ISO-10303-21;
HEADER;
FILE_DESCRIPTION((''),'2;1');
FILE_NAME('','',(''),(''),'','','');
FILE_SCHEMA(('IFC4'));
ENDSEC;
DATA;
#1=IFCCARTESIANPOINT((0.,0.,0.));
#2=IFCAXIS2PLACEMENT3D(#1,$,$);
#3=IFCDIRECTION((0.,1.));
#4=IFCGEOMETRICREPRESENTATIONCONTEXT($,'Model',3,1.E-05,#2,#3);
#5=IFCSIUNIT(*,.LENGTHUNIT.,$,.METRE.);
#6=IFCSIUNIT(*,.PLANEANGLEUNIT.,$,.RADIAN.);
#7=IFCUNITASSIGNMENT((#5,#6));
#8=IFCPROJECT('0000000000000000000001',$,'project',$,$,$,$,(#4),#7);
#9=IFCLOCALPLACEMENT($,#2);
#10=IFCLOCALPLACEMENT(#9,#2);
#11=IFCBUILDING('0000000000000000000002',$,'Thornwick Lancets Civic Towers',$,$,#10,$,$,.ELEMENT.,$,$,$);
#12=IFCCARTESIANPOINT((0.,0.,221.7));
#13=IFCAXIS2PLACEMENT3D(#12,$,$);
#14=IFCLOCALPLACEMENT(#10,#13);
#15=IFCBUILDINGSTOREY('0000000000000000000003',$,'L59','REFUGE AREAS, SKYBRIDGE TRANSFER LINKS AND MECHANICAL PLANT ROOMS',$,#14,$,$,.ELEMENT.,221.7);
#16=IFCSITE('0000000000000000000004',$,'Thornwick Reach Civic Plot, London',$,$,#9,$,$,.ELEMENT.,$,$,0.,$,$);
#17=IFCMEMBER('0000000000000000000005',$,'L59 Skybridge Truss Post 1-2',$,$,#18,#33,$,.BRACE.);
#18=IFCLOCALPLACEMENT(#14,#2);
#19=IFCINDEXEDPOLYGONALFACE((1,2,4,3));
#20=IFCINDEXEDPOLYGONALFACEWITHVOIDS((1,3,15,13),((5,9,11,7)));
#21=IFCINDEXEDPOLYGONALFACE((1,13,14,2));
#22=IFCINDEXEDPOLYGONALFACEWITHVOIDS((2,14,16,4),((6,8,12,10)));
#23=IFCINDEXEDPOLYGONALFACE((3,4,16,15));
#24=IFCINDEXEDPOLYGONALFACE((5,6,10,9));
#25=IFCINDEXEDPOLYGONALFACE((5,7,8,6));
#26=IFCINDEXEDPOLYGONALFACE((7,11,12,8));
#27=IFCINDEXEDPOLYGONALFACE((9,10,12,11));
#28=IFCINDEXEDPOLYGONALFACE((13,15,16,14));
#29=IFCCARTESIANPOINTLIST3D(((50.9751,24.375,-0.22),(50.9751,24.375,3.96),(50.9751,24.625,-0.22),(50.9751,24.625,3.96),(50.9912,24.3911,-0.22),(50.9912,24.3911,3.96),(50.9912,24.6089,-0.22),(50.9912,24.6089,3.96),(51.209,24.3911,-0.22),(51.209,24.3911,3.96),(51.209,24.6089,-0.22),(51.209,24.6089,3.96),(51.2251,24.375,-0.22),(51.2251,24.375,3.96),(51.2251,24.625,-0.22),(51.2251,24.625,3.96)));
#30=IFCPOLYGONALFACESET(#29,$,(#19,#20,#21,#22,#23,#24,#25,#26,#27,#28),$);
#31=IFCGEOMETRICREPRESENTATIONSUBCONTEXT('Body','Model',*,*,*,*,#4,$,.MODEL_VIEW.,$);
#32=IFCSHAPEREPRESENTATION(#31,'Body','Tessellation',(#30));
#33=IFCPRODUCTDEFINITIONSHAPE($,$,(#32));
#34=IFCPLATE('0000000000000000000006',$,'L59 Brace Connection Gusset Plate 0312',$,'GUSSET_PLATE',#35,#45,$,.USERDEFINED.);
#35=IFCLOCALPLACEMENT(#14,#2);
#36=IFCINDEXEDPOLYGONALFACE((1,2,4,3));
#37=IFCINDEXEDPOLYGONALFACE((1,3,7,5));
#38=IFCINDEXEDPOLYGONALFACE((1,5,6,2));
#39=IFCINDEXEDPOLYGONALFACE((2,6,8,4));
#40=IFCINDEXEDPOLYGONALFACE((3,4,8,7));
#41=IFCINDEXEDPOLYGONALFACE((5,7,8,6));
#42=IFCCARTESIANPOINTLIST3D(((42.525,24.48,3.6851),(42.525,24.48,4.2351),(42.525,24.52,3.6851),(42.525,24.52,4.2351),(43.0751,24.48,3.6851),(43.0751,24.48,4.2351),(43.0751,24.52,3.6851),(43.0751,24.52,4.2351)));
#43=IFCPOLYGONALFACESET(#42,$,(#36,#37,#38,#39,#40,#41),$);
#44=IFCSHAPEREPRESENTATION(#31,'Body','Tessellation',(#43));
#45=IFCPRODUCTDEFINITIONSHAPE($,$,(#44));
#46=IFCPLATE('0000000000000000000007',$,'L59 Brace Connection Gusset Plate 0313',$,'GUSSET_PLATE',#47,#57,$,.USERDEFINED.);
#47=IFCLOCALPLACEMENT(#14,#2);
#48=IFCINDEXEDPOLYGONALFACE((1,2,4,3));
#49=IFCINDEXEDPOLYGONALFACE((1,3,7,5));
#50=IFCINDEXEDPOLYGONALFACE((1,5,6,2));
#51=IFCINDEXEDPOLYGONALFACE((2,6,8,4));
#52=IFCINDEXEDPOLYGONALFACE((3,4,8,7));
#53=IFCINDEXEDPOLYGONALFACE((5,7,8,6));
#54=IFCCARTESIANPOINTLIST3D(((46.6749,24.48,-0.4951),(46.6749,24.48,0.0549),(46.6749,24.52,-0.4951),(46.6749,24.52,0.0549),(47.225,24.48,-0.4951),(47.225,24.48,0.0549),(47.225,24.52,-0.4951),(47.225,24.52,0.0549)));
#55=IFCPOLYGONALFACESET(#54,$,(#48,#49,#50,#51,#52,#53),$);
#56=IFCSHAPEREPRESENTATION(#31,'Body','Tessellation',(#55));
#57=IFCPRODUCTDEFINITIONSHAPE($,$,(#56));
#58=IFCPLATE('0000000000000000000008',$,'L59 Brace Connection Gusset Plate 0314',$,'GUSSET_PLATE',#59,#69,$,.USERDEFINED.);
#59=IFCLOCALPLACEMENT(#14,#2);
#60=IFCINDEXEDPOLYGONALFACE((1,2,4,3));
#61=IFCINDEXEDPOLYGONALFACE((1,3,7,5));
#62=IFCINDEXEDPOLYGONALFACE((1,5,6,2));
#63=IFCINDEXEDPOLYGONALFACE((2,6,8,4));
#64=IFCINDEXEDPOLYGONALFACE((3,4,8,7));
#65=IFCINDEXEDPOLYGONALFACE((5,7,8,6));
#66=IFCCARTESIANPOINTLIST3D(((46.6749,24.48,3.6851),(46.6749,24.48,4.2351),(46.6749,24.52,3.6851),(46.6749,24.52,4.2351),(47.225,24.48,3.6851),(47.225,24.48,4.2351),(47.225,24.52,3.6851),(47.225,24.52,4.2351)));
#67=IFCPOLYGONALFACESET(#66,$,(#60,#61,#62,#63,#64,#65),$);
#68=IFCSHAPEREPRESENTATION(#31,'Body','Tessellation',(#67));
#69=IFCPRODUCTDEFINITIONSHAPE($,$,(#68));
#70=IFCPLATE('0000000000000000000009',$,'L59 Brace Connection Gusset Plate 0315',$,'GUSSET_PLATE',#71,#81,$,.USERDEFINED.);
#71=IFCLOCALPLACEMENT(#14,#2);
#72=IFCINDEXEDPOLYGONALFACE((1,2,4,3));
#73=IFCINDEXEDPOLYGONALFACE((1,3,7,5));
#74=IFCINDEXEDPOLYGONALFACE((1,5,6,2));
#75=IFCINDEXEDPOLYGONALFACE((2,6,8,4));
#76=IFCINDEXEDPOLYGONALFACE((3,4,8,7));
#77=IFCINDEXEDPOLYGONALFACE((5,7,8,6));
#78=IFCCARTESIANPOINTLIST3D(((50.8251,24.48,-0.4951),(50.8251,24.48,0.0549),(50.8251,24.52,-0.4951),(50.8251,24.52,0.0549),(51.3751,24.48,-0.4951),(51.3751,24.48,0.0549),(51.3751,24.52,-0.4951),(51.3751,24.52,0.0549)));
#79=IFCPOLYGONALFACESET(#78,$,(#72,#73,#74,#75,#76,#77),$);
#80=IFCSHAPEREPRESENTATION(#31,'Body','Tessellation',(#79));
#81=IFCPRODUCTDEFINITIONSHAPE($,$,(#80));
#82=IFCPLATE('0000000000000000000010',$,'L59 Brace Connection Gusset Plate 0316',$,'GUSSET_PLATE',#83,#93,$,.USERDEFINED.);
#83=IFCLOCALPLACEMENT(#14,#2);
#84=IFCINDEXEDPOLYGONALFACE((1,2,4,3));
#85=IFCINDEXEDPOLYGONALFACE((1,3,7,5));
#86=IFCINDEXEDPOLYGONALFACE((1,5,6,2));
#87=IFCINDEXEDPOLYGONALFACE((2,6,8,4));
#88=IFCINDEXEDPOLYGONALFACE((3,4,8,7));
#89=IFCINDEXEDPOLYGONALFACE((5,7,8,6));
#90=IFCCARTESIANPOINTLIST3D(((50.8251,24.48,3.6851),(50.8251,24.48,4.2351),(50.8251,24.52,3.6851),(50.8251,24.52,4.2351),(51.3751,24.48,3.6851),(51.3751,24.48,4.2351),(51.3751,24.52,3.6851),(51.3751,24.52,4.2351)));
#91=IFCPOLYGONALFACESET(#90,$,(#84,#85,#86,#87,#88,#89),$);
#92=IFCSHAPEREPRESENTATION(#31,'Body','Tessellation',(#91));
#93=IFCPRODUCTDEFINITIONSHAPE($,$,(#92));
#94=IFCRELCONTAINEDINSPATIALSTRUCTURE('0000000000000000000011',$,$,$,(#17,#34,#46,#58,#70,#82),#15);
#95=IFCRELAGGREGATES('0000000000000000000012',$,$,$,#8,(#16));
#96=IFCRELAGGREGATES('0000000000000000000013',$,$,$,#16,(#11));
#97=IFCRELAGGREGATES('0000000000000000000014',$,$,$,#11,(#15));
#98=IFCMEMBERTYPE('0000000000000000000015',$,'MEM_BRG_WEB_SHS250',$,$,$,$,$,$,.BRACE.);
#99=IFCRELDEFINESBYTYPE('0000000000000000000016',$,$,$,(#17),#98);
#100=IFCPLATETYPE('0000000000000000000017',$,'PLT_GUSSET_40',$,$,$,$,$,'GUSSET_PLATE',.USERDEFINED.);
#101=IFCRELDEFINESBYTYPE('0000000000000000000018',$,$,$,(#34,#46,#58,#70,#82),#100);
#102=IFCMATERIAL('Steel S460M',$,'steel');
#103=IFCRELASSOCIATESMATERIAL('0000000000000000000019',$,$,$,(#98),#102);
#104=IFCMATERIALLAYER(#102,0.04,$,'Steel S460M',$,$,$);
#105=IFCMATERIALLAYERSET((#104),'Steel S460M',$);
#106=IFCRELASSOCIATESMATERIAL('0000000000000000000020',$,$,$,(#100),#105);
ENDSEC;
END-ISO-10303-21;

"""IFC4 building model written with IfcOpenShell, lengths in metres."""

from ifc_helpers import new_model, si_unit, direction, frame, origin, origin_2d, place, context, subcontext, project, spatial, rectangle, hollow_rectangle, extrude, material, layer, layer_set, material_profile, profile_set, type_object, element, save


model = new_model("IFC4")

# Units and contexts
model_context = context("Model", 3, precision=1e-05, world=origin(), true_north=direction((0.0, 1.0)))
body_context = subcontext(model_context, "Body", "Model", "MODEL_VIEW")
ifc_project = project(units=[si_unit("LENGTHUNIT", "METRE"), si_unit("PLANEANGLEUNIT", "RADIAN")], contexts=[model_context])

# Site, building, storey
site_placement = place(None, origin())
site = spatial("IfcSite", under=ifc_project, at=site_placement, Name="Thornwick Reach Civic Plot, London", CompositionType="ELEMENT", RefElevation=0.0)
building_placement = place(site_placement, origin())
building = spatial("IfcBuilding", under=site, at=building_placement, Name="Thornwick Lancets Civic Towers", CompositionType="ELEMENT")
storey_placement = place(building_placement, frame((0.0, 0.0, 221.7)))
storey = spatial("IfcBuildingStorey", under=building, at=storey_placement, Name="L59", Description="REFUGE AREAS, SKYBRIDGE TRANSFER LINKS AND MECHANICAL PLANT ROOMS", CompositionType="ELEMENT", Elevation=221.7)

# Member
ifc_material_1 = material(Name="Steel S460M", Category="steel")
ifc_material_profile_1 = material_profile(ifc_material_1, hollow_rectangle(XDim=0.25, YDim=0.25, WallThickness=0.0161, at=origin_2d()), Name="SHS 250x250x16")
ifc_profile_set_1 = profile_set([ifc_material_profile_1], Name="Steel S460M")
member_type_1 = type_object("IfcMemberType", Name="MEM_BRG_WEB_SHS250", PredefinedType="BRACE", material=ifc_profile_set_1)
for number, where, z_axis, x_axis, name in (
    (1, (51.1001, 24.5, -0.22), (0.0, 0.0, 1.0), (1.0, 0.0, 0.0), "L59 Skybridge Truss Post 1-2"),
):
    element("IfcMember", number, at=place(storey_placement, frame(where, z_axis=z_axis, x_axis=x_axis)), inside=storey, type_object=member_type_1, Name=name, PredefinedType="BRACE", context=body_context, shape_type="SweptSolid", body=[
        extrude(hollow_rectangle(XDim=0.25, YDim=0.25, WallThickness=0.0161, at=origin_2d()), origin(), (0.0, 0.0, 1.0), 4.1799),
    ])

# Plates
ifc_layer = layer(ifc_material_1, 0.04, Name="Steel S460M")
ifc_layer_set = layer_set([ifc_layer], Name="Steel S460M")
plate_type = type_object("IfcPlateType", Name="PLT_GUSSET_40", ElementType="GUSSET_PLATE", PredefinedType="USERDEFINED", material=ifc_layer_set)
for number, where, z_axis, x_axis, name in (
    (2, (42.8, 24.5, 3.6851), (0.0, 0.0, 1.0), (1.0, 0.0, 0.0), "L59 Brace Connection Gusset Plate 0312"),
    (3, (46.95, 24.5, -0.4951), (0.0, 0.0, 1.0), (1.0, 0.0, 0.0), "L59 Brace Connection Gusset Plate 0313"),
    (4, (46.95, 24.5, 3.6851), (0.0, 0.0, 1.0), (1.0, 0.0, 0.0), "L59 Brace Connection Gusset Plate 0314"),
    (5, (51.1001, 24.5, -0.4951), (0.0, 0.0, 1.0), (1.0, 0.0, 0.0), "L59 Brace Connection Gusset Plate 0315"),
    (6, (51.1001, 24.5, 3.6851), (0.0, 0.0, 1.0), (1.0, 0.0, 0.0), "L59 Brace Connection Gusset Plate 0316"),
):
    element("IfcPlate", number, at=place(storey_placement, frame(where, z_axis=z_axis, x_axis=x_axis)), inside=storey, type_object=plate_type, Name=name, ObjectType="GUSSET_PLATE", PredefinedType="USERDEFINED", context=body_context, shape_type="SweptSolid", body=[
        extrude(rectangle(XDim=0.55, YDim=0.04, at=origin_2d()), origin(), (0.0, 0.0, 1.0), 0.55),
    ])

save(model, "model.ifc")
